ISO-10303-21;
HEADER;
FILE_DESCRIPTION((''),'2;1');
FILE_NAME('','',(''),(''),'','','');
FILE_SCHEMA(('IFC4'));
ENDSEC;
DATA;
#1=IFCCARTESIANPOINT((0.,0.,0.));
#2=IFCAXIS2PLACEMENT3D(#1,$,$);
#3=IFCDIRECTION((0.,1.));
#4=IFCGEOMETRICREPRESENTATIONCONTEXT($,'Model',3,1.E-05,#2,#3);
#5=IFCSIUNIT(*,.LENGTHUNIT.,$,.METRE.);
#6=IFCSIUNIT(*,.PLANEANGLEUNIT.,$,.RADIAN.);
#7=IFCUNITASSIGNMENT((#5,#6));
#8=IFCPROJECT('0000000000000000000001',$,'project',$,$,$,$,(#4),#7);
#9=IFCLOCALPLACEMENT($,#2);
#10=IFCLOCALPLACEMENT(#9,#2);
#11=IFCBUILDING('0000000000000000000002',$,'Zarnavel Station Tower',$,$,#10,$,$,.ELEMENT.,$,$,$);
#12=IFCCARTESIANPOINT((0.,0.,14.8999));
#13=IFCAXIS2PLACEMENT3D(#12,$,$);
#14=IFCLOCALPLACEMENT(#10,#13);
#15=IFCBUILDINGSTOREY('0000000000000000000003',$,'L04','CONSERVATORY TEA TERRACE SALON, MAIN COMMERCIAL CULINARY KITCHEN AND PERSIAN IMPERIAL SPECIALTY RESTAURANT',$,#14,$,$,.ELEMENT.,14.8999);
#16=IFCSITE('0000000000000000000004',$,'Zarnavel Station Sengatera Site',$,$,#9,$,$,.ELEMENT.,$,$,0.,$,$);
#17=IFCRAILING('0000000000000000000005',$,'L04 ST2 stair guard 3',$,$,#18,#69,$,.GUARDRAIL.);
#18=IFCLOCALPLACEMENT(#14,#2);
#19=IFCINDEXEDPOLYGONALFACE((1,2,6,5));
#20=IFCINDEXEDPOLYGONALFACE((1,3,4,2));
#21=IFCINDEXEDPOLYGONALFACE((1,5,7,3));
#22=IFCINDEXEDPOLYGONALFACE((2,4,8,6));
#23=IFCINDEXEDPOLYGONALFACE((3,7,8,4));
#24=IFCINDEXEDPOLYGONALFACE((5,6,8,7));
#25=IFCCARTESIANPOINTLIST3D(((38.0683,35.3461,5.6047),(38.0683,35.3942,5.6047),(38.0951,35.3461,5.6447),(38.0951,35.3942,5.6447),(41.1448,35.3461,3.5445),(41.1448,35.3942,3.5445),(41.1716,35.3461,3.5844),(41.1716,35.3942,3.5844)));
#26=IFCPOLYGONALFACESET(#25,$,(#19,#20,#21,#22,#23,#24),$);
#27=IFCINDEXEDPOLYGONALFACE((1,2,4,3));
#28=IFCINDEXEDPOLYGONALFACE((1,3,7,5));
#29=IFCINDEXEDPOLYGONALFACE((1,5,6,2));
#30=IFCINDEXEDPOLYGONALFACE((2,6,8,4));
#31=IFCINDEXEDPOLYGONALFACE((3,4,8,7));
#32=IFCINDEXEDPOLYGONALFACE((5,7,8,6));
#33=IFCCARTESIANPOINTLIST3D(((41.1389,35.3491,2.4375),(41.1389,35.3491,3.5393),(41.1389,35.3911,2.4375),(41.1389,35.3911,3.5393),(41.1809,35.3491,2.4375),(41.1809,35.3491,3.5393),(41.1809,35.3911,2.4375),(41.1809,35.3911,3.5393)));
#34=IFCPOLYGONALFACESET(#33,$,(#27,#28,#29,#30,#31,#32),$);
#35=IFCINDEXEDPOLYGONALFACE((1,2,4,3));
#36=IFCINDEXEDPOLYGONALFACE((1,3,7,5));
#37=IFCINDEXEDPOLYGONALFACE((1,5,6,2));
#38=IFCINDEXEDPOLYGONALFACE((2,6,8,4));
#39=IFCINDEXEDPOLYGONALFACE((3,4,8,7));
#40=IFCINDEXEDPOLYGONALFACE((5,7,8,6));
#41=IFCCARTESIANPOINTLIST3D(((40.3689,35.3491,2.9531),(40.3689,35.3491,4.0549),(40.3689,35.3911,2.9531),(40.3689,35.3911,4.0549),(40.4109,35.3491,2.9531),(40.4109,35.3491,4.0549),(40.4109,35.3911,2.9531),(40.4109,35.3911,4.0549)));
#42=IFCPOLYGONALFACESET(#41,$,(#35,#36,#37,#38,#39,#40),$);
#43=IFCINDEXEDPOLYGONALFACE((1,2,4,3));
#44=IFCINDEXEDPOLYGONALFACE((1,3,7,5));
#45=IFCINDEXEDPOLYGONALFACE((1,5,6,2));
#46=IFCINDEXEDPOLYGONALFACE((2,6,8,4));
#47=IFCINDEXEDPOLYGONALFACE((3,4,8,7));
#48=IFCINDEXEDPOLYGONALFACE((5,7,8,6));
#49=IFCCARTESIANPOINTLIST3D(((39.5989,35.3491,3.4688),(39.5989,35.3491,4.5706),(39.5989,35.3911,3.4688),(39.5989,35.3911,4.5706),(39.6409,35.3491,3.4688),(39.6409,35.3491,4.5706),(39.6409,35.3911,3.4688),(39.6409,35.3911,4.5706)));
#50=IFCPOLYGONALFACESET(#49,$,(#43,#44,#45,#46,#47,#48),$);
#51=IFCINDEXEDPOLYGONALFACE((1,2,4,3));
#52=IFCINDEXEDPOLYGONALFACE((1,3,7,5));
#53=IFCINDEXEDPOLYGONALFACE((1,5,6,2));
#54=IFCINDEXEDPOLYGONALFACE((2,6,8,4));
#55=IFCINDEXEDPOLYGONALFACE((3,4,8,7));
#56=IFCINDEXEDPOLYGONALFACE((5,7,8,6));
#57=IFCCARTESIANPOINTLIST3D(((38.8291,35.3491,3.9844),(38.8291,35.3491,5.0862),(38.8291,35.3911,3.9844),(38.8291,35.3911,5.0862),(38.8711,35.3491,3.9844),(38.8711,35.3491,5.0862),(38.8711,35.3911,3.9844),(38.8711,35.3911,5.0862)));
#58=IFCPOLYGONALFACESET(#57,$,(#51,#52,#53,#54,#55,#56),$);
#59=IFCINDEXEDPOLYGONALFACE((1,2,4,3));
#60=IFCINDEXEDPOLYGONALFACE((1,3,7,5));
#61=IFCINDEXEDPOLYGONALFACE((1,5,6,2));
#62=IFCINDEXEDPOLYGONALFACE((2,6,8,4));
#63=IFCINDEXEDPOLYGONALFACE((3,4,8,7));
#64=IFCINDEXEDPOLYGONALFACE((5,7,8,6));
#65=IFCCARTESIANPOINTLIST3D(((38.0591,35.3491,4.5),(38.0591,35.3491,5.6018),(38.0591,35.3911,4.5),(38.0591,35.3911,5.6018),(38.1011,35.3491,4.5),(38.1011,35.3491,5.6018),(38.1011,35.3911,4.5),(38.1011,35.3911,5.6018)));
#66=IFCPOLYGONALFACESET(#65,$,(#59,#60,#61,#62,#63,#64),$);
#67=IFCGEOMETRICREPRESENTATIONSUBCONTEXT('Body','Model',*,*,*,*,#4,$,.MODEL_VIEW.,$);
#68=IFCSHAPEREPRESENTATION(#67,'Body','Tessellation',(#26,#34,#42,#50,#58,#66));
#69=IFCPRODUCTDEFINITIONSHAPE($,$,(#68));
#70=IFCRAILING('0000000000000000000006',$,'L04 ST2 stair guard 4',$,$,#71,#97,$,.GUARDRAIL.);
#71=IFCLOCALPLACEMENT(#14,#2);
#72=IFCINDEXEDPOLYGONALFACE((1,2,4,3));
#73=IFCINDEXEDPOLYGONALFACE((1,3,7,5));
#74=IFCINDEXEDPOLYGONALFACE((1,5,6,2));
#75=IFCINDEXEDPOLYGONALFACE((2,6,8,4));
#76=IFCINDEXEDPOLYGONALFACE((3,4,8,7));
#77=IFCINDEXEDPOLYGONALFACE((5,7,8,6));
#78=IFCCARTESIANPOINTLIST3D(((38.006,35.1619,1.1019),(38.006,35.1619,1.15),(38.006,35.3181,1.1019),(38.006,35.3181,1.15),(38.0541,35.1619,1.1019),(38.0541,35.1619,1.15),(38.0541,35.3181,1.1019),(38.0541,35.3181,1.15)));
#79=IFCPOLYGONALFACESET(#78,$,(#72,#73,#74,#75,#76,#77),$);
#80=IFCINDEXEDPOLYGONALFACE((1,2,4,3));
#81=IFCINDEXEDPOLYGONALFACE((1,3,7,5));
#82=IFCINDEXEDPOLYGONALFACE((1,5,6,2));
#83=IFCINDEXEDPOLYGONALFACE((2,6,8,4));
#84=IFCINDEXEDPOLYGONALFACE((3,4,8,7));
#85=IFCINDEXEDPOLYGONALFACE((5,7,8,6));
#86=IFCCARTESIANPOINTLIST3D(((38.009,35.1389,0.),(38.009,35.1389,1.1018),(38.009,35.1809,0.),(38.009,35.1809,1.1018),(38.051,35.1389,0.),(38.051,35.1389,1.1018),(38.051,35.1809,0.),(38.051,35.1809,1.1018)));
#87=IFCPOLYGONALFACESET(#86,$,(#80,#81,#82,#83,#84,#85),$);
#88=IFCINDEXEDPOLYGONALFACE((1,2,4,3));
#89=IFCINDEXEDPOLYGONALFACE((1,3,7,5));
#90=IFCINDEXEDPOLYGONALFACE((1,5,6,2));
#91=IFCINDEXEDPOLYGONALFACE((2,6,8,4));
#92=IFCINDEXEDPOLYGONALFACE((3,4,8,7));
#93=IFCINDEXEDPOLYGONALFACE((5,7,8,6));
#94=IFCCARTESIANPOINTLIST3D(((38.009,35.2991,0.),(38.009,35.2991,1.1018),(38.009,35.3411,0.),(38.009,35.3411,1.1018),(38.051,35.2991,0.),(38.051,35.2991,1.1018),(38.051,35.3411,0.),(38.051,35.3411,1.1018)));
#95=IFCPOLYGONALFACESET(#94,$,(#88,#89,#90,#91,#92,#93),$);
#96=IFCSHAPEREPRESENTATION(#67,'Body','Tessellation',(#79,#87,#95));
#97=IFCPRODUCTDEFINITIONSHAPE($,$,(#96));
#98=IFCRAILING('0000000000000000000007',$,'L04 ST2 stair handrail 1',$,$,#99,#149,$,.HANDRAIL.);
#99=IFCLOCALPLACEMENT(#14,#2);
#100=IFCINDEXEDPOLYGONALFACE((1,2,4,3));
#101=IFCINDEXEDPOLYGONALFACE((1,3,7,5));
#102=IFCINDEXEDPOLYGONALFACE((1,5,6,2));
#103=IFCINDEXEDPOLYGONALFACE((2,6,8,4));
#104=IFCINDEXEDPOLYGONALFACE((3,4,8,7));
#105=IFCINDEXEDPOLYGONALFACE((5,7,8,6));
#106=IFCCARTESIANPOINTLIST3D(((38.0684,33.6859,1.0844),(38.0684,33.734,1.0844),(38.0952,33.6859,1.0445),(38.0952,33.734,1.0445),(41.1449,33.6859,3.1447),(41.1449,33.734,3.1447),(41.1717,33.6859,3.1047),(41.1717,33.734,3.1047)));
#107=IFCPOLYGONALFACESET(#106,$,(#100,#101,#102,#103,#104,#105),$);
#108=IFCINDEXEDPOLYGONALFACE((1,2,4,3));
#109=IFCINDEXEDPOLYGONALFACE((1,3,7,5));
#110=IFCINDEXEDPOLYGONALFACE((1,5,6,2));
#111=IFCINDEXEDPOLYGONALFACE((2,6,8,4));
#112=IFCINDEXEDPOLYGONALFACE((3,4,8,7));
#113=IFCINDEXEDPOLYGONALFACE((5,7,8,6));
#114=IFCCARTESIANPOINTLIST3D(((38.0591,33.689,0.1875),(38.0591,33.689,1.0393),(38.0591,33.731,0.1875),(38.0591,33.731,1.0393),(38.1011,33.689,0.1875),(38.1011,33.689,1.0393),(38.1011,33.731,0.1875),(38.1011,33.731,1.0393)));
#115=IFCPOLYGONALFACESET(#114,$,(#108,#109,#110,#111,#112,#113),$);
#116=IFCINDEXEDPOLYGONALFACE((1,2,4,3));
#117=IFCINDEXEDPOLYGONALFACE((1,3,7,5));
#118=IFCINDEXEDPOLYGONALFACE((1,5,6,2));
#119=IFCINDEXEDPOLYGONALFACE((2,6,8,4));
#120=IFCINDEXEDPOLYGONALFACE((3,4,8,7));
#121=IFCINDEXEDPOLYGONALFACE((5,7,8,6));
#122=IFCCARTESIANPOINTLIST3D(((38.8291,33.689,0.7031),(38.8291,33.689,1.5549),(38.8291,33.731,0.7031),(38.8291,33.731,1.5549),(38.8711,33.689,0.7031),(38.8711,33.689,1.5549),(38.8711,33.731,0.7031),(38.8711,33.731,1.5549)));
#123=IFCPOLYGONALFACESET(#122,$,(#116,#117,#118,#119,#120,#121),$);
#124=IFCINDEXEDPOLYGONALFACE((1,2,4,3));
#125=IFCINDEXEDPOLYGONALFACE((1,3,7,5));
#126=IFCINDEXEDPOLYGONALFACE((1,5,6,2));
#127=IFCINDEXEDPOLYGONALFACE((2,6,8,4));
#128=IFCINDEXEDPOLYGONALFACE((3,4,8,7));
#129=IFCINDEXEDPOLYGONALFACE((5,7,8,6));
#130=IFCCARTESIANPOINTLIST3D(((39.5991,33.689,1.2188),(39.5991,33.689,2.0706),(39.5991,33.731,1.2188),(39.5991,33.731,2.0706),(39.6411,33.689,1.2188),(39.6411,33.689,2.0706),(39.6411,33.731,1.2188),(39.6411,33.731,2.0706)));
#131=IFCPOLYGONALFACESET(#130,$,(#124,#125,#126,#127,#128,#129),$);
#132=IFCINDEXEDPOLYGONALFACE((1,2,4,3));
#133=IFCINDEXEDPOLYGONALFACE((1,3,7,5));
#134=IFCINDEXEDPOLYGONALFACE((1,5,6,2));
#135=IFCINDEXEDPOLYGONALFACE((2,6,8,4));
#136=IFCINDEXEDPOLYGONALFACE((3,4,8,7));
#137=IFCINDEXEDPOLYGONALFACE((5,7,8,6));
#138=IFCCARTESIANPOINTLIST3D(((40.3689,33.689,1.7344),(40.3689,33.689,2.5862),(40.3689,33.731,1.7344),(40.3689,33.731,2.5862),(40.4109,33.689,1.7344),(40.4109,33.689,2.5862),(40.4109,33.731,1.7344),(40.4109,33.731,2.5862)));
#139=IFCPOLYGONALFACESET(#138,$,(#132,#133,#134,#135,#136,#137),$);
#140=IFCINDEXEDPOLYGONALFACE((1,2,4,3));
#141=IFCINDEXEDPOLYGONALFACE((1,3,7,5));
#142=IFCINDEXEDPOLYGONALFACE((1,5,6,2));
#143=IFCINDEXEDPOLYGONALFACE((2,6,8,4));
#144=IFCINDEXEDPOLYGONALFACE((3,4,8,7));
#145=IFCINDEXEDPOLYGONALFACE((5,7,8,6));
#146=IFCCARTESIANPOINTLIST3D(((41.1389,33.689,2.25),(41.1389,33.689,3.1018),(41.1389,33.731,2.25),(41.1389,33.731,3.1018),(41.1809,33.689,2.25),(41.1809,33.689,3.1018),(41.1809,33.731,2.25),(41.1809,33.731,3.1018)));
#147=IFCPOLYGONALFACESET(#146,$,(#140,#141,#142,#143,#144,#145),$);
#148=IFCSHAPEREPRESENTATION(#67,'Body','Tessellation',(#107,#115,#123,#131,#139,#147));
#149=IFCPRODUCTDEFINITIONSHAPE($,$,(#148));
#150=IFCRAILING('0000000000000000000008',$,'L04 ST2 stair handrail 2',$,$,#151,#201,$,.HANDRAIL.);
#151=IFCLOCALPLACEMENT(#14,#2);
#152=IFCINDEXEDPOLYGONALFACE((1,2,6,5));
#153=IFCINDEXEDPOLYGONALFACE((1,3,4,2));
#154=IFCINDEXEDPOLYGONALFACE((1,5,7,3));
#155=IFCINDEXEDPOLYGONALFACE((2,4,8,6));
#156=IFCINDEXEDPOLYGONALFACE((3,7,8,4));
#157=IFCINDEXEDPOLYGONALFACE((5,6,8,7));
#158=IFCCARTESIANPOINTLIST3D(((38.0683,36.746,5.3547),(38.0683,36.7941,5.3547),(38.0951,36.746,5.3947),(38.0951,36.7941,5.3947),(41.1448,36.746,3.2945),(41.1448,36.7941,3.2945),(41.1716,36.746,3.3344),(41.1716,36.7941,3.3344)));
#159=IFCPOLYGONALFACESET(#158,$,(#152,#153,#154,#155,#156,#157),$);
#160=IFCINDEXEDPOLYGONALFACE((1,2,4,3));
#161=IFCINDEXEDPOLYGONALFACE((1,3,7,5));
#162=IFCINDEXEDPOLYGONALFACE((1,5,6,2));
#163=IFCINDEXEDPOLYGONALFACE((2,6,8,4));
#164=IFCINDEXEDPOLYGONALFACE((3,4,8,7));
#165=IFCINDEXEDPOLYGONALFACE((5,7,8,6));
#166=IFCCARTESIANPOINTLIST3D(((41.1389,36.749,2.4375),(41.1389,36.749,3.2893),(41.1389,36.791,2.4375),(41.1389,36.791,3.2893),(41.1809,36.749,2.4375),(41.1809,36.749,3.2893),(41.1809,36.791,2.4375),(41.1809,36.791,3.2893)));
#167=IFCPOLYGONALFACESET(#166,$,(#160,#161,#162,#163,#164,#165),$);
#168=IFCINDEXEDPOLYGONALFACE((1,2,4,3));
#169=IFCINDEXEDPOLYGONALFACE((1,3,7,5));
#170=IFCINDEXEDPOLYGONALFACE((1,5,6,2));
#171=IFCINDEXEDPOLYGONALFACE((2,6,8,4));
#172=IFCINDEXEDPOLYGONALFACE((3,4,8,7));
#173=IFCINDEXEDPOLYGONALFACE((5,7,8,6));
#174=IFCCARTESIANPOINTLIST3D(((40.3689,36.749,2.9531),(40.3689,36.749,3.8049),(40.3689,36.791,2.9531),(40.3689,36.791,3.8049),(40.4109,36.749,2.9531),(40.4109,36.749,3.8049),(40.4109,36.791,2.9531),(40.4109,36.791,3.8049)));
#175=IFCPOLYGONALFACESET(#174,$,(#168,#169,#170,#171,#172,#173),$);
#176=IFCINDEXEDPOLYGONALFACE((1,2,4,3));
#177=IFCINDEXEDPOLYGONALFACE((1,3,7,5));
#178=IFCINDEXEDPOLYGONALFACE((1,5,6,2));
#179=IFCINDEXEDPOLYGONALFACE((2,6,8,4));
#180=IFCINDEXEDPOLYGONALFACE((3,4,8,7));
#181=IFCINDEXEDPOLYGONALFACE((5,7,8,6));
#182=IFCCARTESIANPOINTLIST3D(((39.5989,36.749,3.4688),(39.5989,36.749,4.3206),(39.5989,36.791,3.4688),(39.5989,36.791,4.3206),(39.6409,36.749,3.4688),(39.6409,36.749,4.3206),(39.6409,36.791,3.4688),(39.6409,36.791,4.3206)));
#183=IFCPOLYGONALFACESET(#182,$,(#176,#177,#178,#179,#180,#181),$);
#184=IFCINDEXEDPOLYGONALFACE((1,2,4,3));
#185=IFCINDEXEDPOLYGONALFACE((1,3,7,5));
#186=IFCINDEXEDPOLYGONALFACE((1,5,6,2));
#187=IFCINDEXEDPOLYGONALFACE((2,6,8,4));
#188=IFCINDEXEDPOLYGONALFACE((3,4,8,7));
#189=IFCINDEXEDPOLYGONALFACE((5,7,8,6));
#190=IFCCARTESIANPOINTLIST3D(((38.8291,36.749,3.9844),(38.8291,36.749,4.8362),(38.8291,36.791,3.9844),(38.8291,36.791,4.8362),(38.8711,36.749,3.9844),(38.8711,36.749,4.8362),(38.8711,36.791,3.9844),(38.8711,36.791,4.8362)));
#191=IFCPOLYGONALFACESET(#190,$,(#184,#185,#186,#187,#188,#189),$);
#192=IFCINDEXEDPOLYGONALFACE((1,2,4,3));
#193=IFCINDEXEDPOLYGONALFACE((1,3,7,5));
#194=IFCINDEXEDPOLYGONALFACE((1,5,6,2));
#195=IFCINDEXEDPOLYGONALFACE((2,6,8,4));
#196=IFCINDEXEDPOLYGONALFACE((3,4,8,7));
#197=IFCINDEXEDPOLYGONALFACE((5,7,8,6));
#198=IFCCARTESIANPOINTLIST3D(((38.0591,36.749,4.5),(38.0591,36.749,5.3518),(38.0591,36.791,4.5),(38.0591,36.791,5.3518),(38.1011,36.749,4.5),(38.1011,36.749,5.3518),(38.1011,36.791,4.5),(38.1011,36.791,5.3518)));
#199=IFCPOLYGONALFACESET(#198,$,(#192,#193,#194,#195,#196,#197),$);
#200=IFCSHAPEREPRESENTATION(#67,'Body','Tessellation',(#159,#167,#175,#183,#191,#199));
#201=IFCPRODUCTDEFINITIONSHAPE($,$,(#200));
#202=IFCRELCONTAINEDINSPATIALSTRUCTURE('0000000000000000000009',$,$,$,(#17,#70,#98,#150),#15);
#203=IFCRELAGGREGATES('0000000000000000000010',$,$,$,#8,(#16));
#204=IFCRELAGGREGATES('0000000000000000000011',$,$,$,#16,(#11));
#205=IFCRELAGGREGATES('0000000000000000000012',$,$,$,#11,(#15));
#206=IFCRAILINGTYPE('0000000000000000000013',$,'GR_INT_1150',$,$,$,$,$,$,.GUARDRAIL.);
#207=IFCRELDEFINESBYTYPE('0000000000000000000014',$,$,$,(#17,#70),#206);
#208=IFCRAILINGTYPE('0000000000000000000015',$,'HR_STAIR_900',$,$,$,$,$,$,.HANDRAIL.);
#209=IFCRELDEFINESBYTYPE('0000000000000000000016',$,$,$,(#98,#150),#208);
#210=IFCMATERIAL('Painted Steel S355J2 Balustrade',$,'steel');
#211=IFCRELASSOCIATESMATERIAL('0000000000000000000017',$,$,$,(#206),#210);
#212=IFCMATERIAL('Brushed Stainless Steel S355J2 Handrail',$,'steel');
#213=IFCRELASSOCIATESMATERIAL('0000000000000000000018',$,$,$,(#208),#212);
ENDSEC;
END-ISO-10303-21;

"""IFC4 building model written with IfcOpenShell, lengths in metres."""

from ifc_helpers import new_model, si_unit, direction, frame, origin, origin_2d, place, context, subcontext, project, spatial, rectangle, extrude, material, type_object, element, save


model = new_model("IFC4")

# Units and contexts
model_context = context("Model", 3, precision=1e-05, world=origin(), true_north=direction((0.0, 1.0)))
body_context = subcontext(model_context, "Body", "Model", "MODEL_VIEW")
ifc_project = project(units=[si_unit("LENGTHUNIT", "METRE"), si_unit("PLANEANGLEUNIT", "RADIAN")], contexts=[model_context])

# Site, building, storey
site_placement = place(None, origin())
site = spatial("IfcSite", under=ifc_project, at=site_placement, Name="Zarnavel Station Sengatera Site", CompositionType="ELEMENT", RefElevation=0.0)
building_placement = place(site_placement, origin())
building = spatial("IfcBuilding", under=site, at=building_placement, Name="Zarnavel Station Tower", CompositionType="ELEMENT")
storey_placement = place(building_placement, frame((0.0, 0.0, 14.8999)))
storey = spatial("IfcBuildingStorey", under=building, at=storey_placement, Name="L04", Description="CONSERVATORY TEA TERRACE SALON, MAIN COMMERCIAL CULINARY KITCHEN AND PERSIAN IMPERIAL SPECIALTY RESTAURANT", CompositionType="ELEMENT", Elevation=14.8999)

# Railings
ifc_material_1 = material(Name="Painted Steel S355J2 Balustrade", Category="steel")
railing_type_1 = type_object("IfcRailingType", Name="GR_INT_1150", PredefinedType="GUARDRAIL", material=ifc_material_1)
railing_1_placement = place(storey_placement, frame((41.1599, 35.3701, 2.4375)))
element("IfcRailing", 1, at=railing_1_placement, inside=storey, type_object=railing_type_1, Name="L04 ST2 stair guard 3", PredefinedType="GUARDRAIL", context=body_context, shape_type="SweptSolid", body=[
    extrude(rectangle(XDim=0.0481, YDim=0.0481, at=origin_2d()), frame((-0.0017, 0.0, 1.127), z_axis=(-0.830893, 0.0, 0.556432), x_axis=(0.0, -1.0, 0.0)), (0.0, 0.0, 1.0), 3.7026),
    extrude(rectangle(XDim=0.042, YDim=0.042, at=origin_2d()), origin(), (0.0, 0.0, 1.0), 1.1018),
    extrude(rectangle(XDim=0.042, YDim=0.042, at=origin_2d()), frame((-0.77, 0.0, 0.5156)), (0.0, 0.0, 1.0), 1.1018),
    extrude(rectangle(XDim=0.042, YDim=0.042, at=origin_2d()), frame((-1.54, 0.0, 1.0312)), (0.0, 0.0, 1.0), 1.1018),
    extrude(rectangle(XDim=0.042, YDim=0.042, at=origin_2d()), frame((-2.3098, 0.0, 1.5469)), (0.0, 0.0, 1.0), 1.1018),
    extrude(rectangle(XDim=0.042, YDim=0.042, at=origin_2d()), frame((-3.0798, 0.0, 2.0625)), (0.0, 0.0, 1.0), 1.1018),
])
railing_2_placement = place(storey_placement, frame((38.03, 35.1599, 0.0)))
element("IfcRailing", 2, at=railing_2_placement, inside=storey, type_object=railing_type_1, Name="L04 ST2 stair guard 4", PredefinedType="GUARDRAIL", context=body_context, shape_type="SweptSolid", body=[
    extrude(rectangle(XDim=0.0481, YDim=0.0481, at=origin_2d()), frame((0.0, 0.002, 1.126), z_axis=(0.0, 1.0, 0.0), x_axis=(-1.0, 0.0, 0.0)), (0.0, 0.0, 1.0), 0.1562),
    extrude(rectangle(XDim=0.042, YDim=0.042, at=origin_2d()), origin(), (0.0, 0.0, 1.0), 1.1018),
    extrude(rectangle(XDim=0.042, YDim=0.042, at=origin_2d()), frame((0.0, 0.1602, 0.0)), (0.0, 0.0, 1.0), 1.1018),
])
ifc_material_2 = material(Name="Brushed Stainless Steel S355J2 Handrail", Category="steel")
railing_type_2 = type_object("IfcRailingType", Name="HR_STAIR_900", PredefinedType="HANDRAIL", material=ifc_material_2)
railing_3_placement = place(storey_placement, frame((38.0801, 33.71, 0.1875)))
element("IfcRailing", 3, at=railing_3_placement, inside=storey, type_object=railing_type_2, Name="L04 ST2 stair handrail 1", PredefinedType="HANDRAIL", context=body_context, shape_type="SweptSolid", body=[
    extrude(rectangle(XDim=0.0481, YDim=0.0481, at=origin_2d()), frame((0.0017, 0.0, 0.877), z_axis=(0.830893, 0.0, 0.556432), x_axis=(0.0, 1.0, 0.0)), (0.0, 0.0, 1.0), 3.7026),
    extrude(rectangle(XDim=0.042, YDim=0.042, at=origin_2d()), origin(), (0.0, 0.0, 1.0), 0.8518),
    extrude(rectangle(XDim=0.042, YDim=0.042, at=origin_2d()), frame((0.77, 0.0, 0.5156)), (0.0, 0.0, 1.0), 0.8518),
    extrude(rectangle(XDim=0.042, YDim=0.042, at=origin_2d()), frame((1.54, 0.0, 1.0312)), (0.0, 0.0, 1.0), 0.8518),
    extrude(rectangle(XDim=0.042, YDim=0.042, at=origin_2d()), frame((2.3098, 0.0, 1.5469)), (0.0, 0.0, 1.0), 0.8518),
    extrude(rectangle(XDim=0.042, YDim=0.042, at=origin_2d()), frame((3.0798, 0.0, 2.0625)), (0.0, 0.0, 1.0), 0.8518),
])
railing_4_placement = place(storey_placement, frame((41.1599, 36.77, 2.4375)))
element("IfcRailing", 4, at=railing_4_placement, inside=storey, type_object=railing_type_2, Name="L04 ST2 stair handrail 2", PredefinedType="HANDRAIL", context=body_context, shape_type="SweptSolid", body=[
    extrude(rectangle(XDim=0.0481, YDim=0.0481, at=origin_2d()), frame((-0.0017, 0.0, 0.877), z_axis=(-0.830893, 0.0, 0.556432), x_axis=(0.0, -1.0, 0.0)), (0.0, 0.0, 1.0), 3.7026),
    extrude(rectangle(XDim=0.042, YDim=0.042, at=origin_2d()), origin(), (0.0, 0.0, 1.0), 0.8518),
    extrude(rectangle(XDim=0.042, YDim=0.042, at=origin_2d()), frame((-0.77, 0.0, 0.5156)), (0.0, 0.0, 1.0), 0.8518),
    extrude(rectangle(XDim=0.042, YDim=0.042, at=origin_2d()), frame((-1.54, 0.0, 1.0312)), (0.0, 0.0, 1.0), 0.8518),
    extrude(rectangle(XDim=0.042, YDim=0.042, at=origin_2d()), frame((-2.3098, 0.0, 1.5469)), (0.0, 0.0, 1.0), 0.8518),
    extrude(rectangle(XDim=0.042, YDim=0.042, at=origin_2d()), frame((-3.0798, 0.0, 2.0625)), (0.0, 0.0, 1.0), 0.8518),
])

save(model, "model.ifc")
